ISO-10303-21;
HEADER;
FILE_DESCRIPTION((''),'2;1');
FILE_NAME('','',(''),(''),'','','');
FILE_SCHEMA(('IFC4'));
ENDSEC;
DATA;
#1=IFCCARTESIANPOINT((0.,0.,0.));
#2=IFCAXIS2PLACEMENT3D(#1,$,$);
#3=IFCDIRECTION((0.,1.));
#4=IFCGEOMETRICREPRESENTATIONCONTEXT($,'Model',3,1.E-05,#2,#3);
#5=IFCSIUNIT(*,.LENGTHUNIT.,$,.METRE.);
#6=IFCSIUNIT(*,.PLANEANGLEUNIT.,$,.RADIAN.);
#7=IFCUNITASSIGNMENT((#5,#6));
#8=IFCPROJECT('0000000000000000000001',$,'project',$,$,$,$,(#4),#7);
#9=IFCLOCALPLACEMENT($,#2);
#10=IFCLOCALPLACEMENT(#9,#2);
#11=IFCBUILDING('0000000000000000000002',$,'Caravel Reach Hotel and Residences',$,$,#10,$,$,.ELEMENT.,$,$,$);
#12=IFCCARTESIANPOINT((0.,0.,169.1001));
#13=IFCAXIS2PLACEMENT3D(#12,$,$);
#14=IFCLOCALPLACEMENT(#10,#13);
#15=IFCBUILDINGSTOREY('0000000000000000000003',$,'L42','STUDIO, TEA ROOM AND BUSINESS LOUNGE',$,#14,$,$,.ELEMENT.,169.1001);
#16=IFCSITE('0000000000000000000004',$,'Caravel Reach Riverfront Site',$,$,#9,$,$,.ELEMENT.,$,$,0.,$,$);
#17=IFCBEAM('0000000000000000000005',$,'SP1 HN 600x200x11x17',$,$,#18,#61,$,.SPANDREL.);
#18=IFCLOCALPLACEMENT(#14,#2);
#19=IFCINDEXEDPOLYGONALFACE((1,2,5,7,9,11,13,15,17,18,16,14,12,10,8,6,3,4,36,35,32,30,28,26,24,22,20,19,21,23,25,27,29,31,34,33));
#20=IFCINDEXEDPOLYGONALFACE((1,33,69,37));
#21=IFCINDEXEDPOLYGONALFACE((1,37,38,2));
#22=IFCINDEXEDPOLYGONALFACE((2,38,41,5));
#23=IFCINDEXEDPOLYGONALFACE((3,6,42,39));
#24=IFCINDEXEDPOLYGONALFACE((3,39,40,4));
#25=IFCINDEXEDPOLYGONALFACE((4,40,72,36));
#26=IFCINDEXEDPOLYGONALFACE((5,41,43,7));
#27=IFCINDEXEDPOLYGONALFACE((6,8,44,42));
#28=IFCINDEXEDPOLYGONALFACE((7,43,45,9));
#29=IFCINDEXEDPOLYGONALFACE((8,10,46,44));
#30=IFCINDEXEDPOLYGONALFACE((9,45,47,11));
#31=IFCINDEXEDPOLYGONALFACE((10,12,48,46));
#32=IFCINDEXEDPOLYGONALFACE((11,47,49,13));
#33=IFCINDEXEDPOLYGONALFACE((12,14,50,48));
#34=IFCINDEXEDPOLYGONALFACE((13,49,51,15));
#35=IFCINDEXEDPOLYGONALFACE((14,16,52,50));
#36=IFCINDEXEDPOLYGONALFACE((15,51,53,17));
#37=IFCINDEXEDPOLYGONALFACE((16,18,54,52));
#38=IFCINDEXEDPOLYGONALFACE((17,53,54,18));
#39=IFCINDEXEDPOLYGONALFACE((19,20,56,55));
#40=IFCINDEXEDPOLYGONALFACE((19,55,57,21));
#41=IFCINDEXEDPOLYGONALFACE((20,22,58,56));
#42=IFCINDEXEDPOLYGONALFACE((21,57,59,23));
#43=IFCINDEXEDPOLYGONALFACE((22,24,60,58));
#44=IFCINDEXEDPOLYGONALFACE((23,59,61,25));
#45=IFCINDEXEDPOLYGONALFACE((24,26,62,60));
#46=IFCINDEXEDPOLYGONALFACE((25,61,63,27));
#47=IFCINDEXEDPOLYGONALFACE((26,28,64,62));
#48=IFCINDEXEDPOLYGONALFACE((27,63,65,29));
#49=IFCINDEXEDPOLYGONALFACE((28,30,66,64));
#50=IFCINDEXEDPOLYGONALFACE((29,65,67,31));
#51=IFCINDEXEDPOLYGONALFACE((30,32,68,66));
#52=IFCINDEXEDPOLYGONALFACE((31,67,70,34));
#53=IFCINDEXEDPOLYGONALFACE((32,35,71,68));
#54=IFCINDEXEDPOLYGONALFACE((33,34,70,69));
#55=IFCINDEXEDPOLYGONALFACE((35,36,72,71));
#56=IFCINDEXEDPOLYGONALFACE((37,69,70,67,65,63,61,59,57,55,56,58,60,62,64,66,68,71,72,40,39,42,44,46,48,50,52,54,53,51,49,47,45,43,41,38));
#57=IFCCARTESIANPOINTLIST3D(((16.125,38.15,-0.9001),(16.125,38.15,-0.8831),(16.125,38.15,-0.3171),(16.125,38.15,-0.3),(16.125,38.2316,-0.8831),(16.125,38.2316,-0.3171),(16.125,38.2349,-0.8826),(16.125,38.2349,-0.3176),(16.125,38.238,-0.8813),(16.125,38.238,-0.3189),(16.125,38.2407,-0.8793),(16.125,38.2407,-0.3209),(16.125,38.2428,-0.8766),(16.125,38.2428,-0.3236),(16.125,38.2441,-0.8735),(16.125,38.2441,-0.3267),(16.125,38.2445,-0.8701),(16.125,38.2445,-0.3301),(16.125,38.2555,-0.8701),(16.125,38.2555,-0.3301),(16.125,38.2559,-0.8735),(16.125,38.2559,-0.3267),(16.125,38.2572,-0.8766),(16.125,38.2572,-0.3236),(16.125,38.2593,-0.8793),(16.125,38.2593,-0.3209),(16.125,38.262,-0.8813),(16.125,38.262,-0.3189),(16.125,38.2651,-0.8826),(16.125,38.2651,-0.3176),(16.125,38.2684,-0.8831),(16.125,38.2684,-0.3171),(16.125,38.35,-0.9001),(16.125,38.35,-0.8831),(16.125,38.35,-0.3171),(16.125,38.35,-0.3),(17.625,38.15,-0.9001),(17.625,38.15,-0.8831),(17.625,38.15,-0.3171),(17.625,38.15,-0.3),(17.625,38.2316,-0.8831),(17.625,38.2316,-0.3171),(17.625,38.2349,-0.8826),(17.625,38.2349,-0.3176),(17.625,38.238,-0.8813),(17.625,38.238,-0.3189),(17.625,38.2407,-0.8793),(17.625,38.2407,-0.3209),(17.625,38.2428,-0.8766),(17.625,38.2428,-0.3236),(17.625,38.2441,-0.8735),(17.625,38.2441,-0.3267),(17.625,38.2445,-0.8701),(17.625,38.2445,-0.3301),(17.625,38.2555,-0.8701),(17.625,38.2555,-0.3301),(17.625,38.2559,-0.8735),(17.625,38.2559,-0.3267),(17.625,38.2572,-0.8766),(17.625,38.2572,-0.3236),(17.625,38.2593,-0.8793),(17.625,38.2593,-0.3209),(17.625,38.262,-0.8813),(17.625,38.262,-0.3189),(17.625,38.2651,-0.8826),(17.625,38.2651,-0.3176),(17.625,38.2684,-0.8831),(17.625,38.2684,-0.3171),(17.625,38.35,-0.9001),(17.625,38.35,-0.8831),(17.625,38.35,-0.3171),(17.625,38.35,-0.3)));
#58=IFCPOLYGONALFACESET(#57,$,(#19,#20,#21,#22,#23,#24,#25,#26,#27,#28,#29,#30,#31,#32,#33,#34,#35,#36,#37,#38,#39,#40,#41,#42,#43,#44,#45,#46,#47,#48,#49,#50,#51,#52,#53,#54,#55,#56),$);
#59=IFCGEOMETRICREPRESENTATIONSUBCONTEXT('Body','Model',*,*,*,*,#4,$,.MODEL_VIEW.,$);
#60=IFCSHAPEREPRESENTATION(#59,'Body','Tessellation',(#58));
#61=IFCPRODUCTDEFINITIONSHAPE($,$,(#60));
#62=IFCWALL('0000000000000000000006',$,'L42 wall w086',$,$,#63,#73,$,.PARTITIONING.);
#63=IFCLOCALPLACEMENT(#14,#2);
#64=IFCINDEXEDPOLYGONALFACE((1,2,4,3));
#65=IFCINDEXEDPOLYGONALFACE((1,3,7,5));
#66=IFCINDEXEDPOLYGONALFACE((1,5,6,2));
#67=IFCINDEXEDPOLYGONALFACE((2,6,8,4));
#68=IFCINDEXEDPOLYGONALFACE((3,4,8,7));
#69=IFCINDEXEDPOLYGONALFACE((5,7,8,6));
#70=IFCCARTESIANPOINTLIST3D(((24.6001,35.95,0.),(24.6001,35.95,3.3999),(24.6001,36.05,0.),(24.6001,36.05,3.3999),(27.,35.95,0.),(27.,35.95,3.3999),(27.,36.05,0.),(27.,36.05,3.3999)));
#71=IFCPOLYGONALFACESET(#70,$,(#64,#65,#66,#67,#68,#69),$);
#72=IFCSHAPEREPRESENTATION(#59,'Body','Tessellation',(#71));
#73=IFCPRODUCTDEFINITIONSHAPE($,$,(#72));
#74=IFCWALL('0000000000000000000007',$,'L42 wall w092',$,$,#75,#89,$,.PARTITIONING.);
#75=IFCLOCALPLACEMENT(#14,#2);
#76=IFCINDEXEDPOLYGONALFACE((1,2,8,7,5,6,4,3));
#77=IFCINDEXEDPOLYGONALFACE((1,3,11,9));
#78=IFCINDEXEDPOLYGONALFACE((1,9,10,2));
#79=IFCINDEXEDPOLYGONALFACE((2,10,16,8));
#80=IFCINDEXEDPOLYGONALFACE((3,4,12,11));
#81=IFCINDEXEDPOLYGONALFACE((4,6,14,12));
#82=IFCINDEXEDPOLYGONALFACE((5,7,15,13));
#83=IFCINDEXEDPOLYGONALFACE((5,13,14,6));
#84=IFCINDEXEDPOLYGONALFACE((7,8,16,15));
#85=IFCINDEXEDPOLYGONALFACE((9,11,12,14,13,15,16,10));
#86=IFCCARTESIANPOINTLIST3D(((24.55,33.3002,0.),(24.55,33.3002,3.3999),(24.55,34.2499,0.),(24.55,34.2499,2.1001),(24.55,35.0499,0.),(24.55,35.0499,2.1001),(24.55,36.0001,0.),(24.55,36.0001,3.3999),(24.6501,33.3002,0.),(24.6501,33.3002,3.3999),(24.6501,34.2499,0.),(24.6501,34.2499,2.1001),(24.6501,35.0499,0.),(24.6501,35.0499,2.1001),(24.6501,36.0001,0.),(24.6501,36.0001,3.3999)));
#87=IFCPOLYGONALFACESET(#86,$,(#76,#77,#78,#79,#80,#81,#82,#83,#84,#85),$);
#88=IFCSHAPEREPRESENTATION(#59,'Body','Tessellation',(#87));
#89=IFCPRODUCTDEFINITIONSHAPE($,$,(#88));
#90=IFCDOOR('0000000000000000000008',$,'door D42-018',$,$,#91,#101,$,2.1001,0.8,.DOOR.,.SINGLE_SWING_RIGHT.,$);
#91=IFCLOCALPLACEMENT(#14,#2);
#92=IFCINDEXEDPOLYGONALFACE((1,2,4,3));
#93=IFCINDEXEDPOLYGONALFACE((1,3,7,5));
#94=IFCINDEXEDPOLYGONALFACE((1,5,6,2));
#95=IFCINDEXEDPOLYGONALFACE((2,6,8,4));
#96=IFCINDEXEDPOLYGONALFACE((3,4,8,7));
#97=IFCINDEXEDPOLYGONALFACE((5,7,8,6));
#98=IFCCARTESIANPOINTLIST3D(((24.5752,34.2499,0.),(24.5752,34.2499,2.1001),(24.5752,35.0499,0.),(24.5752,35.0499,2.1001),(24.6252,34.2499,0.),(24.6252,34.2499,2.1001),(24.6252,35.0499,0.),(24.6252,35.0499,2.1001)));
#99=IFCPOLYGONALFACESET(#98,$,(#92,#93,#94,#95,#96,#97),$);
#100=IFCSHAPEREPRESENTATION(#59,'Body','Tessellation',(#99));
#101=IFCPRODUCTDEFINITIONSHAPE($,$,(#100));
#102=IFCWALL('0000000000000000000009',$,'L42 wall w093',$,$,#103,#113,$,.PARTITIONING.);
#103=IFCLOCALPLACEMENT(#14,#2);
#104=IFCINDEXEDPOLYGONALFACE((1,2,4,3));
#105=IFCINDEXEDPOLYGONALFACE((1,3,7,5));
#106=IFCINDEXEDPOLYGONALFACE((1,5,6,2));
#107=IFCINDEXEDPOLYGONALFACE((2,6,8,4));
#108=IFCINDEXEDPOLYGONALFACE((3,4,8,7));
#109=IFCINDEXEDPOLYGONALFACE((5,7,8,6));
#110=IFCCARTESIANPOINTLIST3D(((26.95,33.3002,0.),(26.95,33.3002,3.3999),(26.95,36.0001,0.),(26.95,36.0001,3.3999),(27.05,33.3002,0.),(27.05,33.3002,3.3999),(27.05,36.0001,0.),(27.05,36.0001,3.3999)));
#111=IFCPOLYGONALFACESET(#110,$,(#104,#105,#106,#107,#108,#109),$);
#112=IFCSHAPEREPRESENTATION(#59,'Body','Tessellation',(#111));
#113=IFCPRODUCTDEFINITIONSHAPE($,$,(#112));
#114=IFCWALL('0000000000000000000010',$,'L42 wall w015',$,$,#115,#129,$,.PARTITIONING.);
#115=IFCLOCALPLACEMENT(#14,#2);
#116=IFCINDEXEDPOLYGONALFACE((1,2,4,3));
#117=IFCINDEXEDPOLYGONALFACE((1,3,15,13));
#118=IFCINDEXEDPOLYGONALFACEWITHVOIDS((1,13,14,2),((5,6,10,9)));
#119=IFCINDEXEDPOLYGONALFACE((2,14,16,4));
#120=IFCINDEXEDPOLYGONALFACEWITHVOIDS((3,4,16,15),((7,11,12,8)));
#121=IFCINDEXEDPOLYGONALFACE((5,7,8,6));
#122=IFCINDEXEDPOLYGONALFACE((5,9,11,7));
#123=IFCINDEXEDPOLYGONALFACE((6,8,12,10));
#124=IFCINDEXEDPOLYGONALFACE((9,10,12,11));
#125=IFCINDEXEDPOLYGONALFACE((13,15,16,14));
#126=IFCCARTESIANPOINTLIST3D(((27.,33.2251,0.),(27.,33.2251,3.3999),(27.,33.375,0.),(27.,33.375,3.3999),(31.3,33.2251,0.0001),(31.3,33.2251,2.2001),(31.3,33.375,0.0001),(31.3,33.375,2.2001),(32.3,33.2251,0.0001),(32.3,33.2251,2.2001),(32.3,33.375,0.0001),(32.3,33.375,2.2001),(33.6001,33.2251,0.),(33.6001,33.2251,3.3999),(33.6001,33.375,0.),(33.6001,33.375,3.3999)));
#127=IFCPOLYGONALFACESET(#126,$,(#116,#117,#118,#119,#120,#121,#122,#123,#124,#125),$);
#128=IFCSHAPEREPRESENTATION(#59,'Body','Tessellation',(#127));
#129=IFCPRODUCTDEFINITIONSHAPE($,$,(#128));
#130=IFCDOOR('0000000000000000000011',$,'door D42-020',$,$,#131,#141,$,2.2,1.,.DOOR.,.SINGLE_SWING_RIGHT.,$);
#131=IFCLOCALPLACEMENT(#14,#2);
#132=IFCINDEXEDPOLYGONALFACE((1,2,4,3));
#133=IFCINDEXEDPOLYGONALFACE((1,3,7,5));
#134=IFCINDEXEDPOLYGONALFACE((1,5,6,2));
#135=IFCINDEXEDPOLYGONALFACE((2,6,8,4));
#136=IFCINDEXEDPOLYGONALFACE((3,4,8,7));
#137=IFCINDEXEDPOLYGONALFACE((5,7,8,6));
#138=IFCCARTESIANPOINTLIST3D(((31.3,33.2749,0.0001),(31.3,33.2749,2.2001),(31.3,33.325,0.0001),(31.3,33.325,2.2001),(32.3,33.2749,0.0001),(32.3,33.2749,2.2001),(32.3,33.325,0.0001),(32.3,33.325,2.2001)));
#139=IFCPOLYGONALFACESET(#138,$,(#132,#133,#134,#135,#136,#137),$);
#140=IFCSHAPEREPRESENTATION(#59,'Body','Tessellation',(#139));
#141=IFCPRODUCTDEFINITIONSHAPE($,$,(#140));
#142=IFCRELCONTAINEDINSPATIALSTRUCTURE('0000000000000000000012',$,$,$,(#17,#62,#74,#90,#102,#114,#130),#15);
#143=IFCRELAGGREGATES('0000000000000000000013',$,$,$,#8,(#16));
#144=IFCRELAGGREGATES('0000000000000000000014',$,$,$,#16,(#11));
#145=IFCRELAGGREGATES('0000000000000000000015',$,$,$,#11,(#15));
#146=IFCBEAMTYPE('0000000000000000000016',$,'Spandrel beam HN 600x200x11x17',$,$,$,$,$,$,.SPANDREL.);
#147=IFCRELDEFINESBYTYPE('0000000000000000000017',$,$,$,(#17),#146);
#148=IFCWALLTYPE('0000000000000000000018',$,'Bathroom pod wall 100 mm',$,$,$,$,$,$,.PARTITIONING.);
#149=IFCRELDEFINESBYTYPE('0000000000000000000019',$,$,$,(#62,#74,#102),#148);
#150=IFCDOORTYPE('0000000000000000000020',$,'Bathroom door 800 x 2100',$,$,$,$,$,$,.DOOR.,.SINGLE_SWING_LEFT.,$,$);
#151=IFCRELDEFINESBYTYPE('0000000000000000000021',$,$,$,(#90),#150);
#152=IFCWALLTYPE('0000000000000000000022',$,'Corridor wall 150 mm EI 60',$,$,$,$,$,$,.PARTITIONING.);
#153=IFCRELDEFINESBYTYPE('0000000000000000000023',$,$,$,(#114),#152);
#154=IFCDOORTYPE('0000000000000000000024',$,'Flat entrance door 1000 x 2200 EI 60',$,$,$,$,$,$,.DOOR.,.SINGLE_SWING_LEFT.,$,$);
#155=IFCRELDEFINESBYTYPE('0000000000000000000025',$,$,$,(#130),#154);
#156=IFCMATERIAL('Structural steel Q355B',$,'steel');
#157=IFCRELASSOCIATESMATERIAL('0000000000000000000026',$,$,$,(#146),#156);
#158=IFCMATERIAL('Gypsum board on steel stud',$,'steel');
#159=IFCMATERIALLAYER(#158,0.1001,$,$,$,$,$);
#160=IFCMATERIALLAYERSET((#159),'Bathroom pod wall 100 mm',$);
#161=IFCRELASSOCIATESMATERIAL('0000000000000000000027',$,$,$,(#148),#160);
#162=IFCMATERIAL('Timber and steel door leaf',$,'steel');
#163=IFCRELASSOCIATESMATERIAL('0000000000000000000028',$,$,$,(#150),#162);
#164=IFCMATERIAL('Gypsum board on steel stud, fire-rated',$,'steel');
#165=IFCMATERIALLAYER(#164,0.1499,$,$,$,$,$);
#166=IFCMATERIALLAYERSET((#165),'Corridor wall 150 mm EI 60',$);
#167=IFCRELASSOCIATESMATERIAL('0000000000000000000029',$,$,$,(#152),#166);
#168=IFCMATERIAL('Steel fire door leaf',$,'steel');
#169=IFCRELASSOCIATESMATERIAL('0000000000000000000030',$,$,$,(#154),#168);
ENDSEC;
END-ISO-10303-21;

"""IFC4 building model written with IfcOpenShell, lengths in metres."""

from ifc_helpers import new_model, si_unit, direction, frame, frame_2d, origin, origin_2d, place, context, subcontext, project, spatial, rectangle, i_section, extrude, material, layer, layer_set, material_profile, profile_set, type_object, element, fill, save


model = new_model("IFC4")

# Units and contexts
model_context = context("Model", 3, precision=1e-05, world=origin(), true_north=direction((0.0, 1.0)))
body_context = subcontext(model_context, "Body", "Model", "MODEL_VIEW")
ifc_project = project(units=[si_unit("LENGTHUNIT", "METRE"), si_unit("PLANEANGLEUNIT", "RADIAN")], contexts=[model_context])

# Site, building, storey
site_placement = place(None, origin())
site = spatial("IfcSite", under=ifc_project, at=site_placement, Name="Caravel Reach Riverfront Site", CompositionType="ELEMENT", RefElevation=0.0)
building_placement = place(site_placement, origin())
building = spatial("IfcBuilding", under=site, at=building_placement, Name="Caravel Reach Hotel and Residences", CompositionType="ELEMENT")
storey_placement = place(building_placement, frame((0.0, 0.0, 169.1001)))
storey = spatial("IfcBuildingStorey", under=building, at=storey_placement, Name="L42", Description="STUDIO, TEA ROOM AND BUSINESS LOUNGE", CompositionType="ELEMENT", Elevation=169.1001)

# Beam
ifc_material_1 = material(Name="Structural steel Q355B", Category="steel")
ifc_material_profile_1 = material_profile(ifc_material_1, i_section(OverallWidth=0.2, OverallDepth=0.6001, WebThickness=0.011, FlangeThickness=0.0171, FilletRadius=0.0129, at=origin_2d()), Name="HN 600x200x11x17")
ifc_profile_set_1 = profile_set([ifc_material_profile_1], Name="Structural steel Q355B")
beam_type = type_object("IfcBeamType", Name="Spandrel beam HN 600x200x11x17", PredefinedType="SPANDREL", material=ifc_profile_set_1)
for number, where, z_axis, x_axis, name in (
    (1, (17.625, 38.25, -0.6001), (-1.0, 0.0, 0.0), (0.0, -1.0, 0.0), "SP1 HN 600x200x11x17"),
):
    element("IfcBeam", number, at=place(storey_placement, frame(where, z_axis=z_axis, x_axis=x_axis)), inside=storey, type_object=beam_type, Name=name, PredefinedType="SPANDREL", context=body_context, shape_type="SweptSolid", body=[
        extrude(i_section(OverallWidth=0.2, OverallDepth=0.6001, WebThickness=0.011, FlangeThickness=0.0171, FilletRadius=0.0129, at=origin_2d()), origin(), (0.0, 0.0, 1.0), 1.5),
    ])

# Wall
ifc_material_2 = material(Name="Gypsum board on steel stud", Category="steel")
ifc_layer_1 = layer(ifc_material_2, 0.1001)
ifc_layer_set_1 = layer_set([ifc_layer_1], Name="Bathroom pod wall 100 mm")
wall_type_1 = type_object("IfcWallType", Name="Bathroom pod wall 100 mm", PredefinedType="PARTITIONING", material=ifc_layer_set_1)
wall_1_placement = place(storey_placement, frame((24.6001, 36.0, 0.0), z_axis=(0.0, 0.0, 1.0), x_axis=(1.0, 0.0, 0.0)))
element("IfcWall", 2, at=wall_1_placement, inside=storey, type_object=wall_type_1, Name="L42 wall w086", PredefinedType="PARTITIONING", context=body_context, shape_type="SweptSolid", body=[
    extrude(rectangle(XDim=2.3999, YDim=0.1001, at=frame_2d((1.2, 0.0))), origin(), (0.0, 0.0, 1.0), 3.3999),
])

# Wall, opening, door
wall_2_placement = place(storey_placement, frame((24.6001, 33.3, 0.0), z_axis=(0.0, 0.0, 1.0), x_axis=(0.0, 1.0, 0.0)))
wall_2 = element("IfcWall", 3, at=wall_2_placement, inside=storey, type_object=wall_type_1, Name="L42 wall w092", PredefinedType="PARTITIONING", context=body_context, shape_type="SweptSolid", body=[
    extrude(rectangle(XDim=2.7, YDim=0.1001, at=frame_2d((1.3501, 0.0))), origin(), (0.0, 0.0, 1.0), 3.3999),
])
opening_1_placement = place(wall_2_placement, frame((0.95, 0.0, 0.0)))
opening_1 = element("IfcOpeningElement", 4, at=opening_1_placement, cuts=wall_2, PredefinedType="OPENING", context=body_context, shape_type="SweptSolid", body=[
    extrude(rectangle(XDim=0.8, YDim=2.1001, at=frame_2d((0.3999, 1.05))), frame((0.0, 0.0601, 0.0), z_axis=(0.0, -1.0, 0.0), x_axis=(1.0, 0.0, 0.0)), (0.0, 0.0, 1.0), 0.1201),
])
ifc_material_3 = material(Name="Timber and steel door leaf", Category="steel")
door_type_1 = type_object("IfcDoorType", Name="Bathroom door 800 x 2100", OperationType="SINGLE_SWING_LEFT", PredefinedType="DOOR", material=ifc_material_3)
door_1_placement = place(opening_1_placement, origin())
door_1 = element("IfcDoor", 5, at=door_1_placement, inside=storey, type_object=door_type_1, Name="door D42-018", OperationType="SINGLE_SWING_RIGHT", OverallHeight=2.1001, OverallWidth=0.8, PredefinedType="DOOR", context=body_context, shape_type="SweptSolid", body=[
    extrude(rectangle(XDim=0.8, YDim=2.1001, at=frame_2d((0.3999, 1.05))), frame((0.0, 0.0249, 0.0), z_axis=(0.0, -1.0, 0.0), x_axis=(1.0, 0.0, 0.0)), (0.0, 0.0, 1.0), 0.05),
])
fill(opening_1, door_1)

# Wall
wall_3_placement = place(storey_placement, frame((27.0, 33.3, 0.0), z_axis=(0.0, 0.0, 1.0), x_axis=(0.0, 1.0, 0.0)))
element("IfcWall", 6, at=wall_3_placement, inside=storey, type_object=wall_type_1, Name="L42 wall w093", PredefinedType="PARTITIONING", context=body_context, shape_type="SweptSolid", body=[
    extrude(rectangle(XDim=2.7, YDim=0.1001, at=frame_2d((1.3501, 0.0))), origin(), (0.0, 0.0, 1.0), 3.3999),
])

# Wall, opening, door
ifc_material_4 = material(Name="Gypsum board on steel stud, fire-rated", Category="steel")
ifc_layer_2 = layer(ifc_material_4, 0.1499)
ifc_layer_set_2 = layer_set([ifc_layer_2], Name="Corridor wall 150 mm EI 60")
wall_type_2 = type_object("IfcWallType", Name="Corridor wall 150 mm EI 60", PredefinedType="PARTITIONING", material=ifc_layer_set_2)
wall_4_placement = place(storey_placement, frame((27.0, 33.3, 0.0), z_axis=(0.0, 0.0, 1.0), x_axis=(1.0, 0.0, 0.0)))
wall_4 = element("IfcWall", 7, at=wall_4_placement, inside=storey, type_object=wall_type_2, Name="L42 wall w015", PredefinedType="PARTITIONING", context=body_context, shape_type="SweptSolid", body=[
    extrude(rectangle(XDim=6.6001, YDim=0.1499, at=frame_2d((3.3, 0.0))), origin(), (0.0, 0.0, 1.0), 3.3999),
])
opening_2_placement = place(wall_4_placement, frame((4.3, 0.0, 0.0)))
opening_2 = element("IfcOpeningElement", 8, at=opening_2_placement, cuts=wall_4, PredefinedType="OPENING", context=body_context, shape_type="SweptSolid", body=[
    extrude(rectangle(XDim=1.0, YDim=2.2, at=frame_2d((0.5, 1.1001))), frame((0.0, 0.085, 0.0), z_axis=(0.0, -1.0, 0.0), x_axis=(1.0, 0.0, 0.0)), (0.0, 0.0, 1.0), 0.1699),
])
ifc_material_5 = material(Name="Steel fire door leaf", Category="steel")
door_type_2 = type_object("IfcDoorType", Name="Flat entrance door 1000 x 2200 EI 60", OperationType="SINGLE_SWING_LEFT", PredefinedType="DOOR", material=ifc_material_5)
door_2_placement = place(opening_2_placement, origin())
door_2 = element("IfcDoor", 9, at=door_2_placement, inside=storey, type_object=door_type_2, Name="door D42-020", OperationType="SINGLE_SWING_RIGHT", OverallHeight=2.2, OverallWidth=1.0, PredefinedType="DOOR", context=body_context, shape_type="SweptSolid", body=[
    extrude(rectangle(XDim=1.0, YDim=2.2, at=frame_2d((0.5, 1.1001))), frame((0.0, 0.0249, 0.0), z_axis=(0.0, -1.0, 0.0), x_axis=(1.0, 0.0, 0.0)), (0.0, 0.0, 1.0), 0.05),
])
fill(opening_2, door_2)

save(model, "model.ifc")
